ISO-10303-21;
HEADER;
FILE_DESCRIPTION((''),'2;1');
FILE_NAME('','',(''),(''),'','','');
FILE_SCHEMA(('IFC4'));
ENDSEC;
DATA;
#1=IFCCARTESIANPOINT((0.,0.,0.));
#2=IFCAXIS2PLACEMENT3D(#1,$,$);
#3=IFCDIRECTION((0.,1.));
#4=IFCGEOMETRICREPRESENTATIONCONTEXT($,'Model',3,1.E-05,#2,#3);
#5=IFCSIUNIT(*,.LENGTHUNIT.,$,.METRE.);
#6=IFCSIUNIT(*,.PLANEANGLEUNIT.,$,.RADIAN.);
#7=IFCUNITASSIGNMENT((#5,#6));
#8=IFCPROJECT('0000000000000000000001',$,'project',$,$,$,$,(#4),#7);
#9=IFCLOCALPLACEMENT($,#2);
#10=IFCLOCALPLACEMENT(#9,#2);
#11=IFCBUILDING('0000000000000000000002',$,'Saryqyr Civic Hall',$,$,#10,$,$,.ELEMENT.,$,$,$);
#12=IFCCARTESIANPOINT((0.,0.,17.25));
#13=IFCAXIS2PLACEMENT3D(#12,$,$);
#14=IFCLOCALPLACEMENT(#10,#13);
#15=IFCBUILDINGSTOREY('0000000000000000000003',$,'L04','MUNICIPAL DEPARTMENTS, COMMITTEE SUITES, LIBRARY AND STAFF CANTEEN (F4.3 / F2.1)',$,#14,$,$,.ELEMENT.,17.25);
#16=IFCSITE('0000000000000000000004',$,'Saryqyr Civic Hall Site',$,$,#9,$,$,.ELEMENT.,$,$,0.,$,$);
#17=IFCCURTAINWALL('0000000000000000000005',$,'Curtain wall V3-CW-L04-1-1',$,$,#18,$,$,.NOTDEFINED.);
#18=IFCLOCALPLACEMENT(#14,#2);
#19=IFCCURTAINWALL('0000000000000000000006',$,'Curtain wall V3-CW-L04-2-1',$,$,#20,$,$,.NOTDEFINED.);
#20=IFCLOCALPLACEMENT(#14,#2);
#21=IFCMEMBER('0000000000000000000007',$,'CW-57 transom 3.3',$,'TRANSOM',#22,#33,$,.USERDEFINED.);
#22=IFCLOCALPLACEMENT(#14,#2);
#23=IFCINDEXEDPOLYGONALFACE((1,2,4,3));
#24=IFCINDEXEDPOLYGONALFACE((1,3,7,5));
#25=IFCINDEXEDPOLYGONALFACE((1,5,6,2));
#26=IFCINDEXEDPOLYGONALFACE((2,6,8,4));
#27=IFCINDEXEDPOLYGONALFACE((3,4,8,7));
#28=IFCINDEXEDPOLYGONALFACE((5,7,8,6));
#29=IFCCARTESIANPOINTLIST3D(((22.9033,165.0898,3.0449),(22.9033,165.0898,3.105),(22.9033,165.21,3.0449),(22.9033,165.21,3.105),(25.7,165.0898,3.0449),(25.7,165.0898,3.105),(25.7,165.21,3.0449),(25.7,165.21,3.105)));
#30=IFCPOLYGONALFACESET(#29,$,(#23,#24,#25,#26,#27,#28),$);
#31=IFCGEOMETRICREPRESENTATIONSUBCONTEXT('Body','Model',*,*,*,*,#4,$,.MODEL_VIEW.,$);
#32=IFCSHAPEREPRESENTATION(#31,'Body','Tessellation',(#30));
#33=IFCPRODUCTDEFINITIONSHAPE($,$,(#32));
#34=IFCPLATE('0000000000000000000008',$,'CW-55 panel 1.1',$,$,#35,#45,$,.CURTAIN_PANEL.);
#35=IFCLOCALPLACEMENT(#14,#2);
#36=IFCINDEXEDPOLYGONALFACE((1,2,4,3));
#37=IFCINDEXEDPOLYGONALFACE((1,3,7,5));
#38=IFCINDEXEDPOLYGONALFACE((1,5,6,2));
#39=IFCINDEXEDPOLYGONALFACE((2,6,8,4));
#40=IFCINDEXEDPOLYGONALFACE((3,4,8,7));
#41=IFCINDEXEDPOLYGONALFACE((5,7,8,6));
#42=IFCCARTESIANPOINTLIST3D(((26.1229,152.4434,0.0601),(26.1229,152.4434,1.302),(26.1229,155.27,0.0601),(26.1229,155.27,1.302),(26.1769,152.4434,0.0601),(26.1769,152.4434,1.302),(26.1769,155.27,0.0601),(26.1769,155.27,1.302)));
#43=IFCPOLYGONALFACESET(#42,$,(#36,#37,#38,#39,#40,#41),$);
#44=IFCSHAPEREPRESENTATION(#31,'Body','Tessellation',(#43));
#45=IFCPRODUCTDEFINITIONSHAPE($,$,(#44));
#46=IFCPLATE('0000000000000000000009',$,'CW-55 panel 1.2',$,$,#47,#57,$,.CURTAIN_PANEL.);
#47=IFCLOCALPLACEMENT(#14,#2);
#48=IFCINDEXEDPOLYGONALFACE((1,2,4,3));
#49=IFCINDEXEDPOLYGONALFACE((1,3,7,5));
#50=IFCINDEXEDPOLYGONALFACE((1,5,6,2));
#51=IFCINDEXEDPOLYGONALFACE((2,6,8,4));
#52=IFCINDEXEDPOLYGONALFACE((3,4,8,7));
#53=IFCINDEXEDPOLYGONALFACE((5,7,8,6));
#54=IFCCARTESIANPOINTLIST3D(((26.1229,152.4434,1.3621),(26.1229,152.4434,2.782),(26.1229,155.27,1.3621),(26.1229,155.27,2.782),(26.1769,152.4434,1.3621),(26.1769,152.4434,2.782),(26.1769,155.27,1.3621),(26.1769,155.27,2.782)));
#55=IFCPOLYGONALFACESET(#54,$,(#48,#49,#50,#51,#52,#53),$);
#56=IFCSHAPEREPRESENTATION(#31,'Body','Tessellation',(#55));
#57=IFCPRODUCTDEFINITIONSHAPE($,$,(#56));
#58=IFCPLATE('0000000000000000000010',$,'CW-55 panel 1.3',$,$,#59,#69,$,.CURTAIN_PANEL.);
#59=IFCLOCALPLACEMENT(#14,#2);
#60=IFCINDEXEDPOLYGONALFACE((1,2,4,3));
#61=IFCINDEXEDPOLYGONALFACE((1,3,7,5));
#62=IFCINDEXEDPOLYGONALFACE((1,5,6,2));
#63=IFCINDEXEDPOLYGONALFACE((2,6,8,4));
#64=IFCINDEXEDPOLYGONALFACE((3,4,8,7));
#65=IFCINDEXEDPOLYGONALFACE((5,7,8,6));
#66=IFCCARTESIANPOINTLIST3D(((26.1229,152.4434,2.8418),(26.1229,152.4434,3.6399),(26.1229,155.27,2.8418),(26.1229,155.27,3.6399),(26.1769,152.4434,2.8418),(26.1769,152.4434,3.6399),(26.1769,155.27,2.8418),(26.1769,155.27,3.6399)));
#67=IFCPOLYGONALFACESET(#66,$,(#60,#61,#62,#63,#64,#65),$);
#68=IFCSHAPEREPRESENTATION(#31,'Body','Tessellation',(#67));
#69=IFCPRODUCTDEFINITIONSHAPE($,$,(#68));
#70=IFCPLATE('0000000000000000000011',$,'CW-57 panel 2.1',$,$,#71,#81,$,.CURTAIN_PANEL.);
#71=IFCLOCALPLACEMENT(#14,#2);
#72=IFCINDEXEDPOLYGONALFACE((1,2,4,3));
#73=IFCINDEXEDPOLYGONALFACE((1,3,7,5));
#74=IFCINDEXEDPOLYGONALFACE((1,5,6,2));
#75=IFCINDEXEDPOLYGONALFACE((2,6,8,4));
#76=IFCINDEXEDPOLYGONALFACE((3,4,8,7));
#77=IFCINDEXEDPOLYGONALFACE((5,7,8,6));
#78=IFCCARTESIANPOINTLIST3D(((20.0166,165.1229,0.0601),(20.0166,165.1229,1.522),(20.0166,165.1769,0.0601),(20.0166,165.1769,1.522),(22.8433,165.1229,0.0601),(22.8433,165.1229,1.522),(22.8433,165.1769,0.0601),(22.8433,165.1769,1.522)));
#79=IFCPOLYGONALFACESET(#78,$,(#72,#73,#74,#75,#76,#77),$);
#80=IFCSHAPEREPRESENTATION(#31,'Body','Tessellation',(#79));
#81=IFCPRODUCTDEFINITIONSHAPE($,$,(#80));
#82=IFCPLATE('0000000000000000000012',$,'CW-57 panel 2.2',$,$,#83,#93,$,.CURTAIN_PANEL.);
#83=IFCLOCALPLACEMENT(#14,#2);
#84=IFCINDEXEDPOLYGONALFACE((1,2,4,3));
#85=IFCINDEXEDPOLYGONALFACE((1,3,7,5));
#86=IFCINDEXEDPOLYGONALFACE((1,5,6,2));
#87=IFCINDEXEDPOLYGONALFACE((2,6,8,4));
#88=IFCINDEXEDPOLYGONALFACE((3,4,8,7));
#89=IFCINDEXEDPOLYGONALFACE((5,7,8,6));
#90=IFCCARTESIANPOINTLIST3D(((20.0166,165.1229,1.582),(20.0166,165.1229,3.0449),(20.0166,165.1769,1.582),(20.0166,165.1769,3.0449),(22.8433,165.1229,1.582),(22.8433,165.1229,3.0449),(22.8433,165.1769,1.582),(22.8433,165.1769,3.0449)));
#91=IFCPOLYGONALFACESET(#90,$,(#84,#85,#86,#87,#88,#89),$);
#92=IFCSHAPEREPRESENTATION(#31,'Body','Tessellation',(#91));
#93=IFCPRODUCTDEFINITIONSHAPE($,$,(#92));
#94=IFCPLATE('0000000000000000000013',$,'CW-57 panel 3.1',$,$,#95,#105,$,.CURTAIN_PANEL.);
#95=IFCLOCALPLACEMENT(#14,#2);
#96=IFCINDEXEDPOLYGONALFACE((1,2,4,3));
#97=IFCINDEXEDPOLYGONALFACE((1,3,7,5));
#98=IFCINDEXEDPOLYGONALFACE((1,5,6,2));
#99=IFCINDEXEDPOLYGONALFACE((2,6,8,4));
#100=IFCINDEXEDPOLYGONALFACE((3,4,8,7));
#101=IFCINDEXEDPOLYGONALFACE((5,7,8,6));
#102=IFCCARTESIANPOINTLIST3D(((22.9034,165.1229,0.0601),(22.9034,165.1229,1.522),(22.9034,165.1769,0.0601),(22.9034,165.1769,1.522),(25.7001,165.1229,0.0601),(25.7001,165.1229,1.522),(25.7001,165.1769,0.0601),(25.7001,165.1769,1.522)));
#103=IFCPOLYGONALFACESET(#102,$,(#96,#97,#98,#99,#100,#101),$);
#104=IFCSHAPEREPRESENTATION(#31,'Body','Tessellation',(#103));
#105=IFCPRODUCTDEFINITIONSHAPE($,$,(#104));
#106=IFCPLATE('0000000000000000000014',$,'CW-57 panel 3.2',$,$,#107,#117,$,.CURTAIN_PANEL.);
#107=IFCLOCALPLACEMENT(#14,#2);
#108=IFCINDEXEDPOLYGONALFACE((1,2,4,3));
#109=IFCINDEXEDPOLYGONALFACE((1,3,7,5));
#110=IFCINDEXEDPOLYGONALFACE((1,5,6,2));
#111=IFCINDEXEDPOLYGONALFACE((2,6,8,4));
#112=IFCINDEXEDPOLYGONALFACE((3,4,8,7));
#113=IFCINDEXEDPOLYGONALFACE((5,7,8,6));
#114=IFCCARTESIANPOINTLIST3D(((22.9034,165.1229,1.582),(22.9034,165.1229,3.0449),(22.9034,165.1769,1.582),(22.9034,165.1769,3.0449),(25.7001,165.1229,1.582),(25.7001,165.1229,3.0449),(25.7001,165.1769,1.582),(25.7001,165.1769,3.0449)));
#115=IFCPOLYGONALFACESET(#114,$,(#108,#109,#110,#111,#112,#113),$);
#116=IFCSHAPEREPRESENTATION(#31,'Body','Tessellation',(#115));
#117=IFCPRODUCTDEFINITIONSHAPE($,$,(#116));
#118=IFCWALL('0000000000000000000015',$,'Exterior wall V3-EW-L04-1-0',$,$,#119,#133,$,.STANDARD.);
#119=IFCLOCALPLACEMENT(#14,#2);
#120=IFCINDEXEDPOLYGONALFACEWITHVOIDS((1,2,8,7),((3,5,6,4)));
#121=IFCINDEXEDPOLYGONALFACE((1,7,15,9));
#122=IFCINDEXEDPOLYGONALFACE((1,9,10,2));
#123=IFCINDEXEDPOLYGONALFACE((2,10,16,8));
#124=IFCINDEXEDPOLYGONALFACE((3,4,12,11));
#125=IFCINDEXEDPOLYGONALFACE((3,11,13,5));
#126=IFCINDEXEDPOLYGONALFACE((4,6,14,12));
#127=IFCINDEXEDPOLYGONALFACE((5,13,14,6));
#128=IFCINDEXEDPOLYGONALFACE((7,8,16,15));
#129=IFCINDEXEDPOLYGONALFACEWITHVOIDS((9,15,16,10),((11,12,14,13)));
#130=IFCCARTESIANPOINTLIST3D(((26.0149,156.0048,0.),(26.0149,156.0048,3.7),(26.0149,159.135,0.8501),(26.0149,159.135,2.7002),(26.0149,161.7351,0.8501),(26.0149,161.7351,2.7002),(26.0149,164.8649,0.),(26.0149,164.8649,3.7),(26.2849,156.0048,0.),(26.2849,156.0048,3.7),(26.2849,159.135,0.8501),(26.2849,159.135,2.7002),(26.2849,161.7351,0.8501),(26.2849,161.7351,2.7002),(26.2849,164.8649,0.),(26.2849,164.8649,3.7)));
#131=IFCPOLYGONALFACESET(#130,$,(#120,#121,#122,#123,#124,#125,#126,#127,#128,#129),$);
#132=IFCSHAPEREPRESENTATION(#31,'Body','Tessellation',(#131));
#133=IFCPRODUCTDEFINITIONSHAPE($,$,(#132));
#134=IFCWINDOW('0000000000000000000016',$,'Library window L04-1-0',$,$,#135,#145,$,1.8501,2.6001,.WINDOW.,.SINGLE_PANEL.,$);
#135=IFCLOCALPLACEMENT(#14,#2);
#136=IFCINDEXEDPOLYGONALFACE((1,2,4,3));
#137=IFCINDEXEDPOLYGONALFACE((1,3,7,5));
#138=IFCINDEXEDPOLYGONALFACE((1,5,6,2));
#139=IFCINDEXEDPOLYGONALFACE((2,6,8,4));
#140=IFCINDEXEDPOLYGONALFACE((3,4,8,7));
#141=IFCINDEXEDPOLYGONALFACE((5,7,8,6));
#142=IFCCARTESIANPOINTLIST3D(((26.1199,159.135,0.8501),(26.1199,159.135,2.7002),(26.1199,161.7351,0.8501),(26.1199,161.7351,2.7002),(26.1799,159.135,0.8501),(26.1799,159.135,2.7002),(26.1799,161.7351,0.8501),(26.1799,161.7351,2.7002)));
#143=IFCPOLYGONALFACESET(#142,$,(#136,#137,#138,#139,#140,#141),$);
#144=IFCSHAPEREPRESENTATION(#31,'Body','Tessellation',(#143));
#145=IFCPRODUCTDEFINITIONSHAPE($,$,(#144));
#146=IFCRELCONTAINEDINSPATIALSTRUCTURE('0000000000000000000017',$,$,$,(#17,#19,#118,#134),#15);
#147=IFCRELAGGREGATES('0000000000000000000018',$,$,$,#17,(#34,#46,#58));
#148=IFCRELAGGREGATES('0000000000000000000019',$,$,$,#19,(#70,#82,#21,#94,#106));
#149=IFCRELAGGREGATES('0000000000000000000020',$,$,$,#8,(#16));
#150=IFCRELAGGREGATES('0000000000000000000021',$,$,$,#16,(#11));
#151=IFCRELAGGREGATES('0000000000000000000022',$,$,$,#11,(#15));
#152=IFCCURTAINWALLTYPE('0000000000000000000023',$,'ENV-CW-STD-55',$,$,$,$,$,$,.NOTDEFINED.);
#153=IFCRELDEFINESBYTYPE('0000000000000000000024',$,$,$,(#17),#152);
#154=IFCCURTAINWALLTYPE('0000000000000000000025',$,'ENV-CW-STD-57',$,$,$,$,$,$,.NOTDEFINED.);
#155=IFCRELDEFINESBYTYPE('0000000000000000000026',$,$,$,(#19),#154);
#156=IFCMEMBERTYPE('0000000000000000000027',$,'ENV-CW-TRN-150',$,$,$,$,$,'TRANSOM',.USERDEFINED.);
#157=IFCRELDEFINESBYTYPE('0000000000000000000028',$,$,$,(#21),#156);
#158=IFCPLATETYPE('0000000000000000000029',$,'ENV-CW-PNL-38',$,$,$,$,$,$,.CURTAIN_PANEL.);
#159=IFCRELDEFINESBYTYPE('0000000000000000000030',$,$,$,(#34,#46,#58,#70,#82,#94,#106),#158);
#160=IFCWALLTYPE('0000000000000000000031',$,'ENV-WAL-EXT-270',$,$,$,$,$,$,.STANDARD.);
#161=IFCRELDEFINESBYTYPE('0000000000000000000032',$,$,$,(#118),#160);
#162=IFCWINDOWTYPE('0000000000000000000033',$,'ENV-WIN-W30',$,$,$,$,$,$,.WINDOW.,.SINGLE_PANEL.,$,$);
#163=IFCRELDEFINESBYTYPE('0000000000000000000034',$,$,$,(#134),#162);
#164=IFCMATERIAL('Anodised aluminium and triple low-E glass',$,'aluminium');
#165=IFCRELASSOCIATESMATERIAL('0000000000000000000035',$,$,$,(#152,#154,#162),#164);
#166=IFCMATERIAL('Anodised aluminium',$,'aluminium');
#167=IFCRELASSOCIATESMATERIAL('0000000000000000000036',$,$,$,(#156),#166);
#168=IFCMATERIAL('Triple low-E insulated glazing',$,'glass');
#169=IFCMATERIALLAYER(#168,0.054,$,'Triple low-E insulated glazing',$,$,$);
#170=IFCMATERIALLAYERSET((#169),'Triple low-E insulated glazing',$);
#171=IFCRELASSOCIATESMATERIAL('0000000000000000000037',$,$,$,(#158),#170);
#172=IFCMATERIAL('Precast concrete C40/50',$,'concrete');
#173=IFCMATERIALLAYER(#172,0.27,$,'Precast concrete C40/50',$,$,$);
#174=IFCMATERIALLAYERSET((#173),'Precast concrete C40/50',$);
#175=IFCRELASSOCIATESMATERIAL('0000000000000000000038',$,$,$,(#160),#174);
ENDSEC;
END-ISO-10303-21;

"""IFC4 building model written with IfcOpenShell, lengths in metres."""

from ifc_helpers import new_model, si_unit, direction, frame, frame_2d, origin, origin_2d, place, context, subcontext, project, spatial, rectangle, extrude, material, layer, layer_set, material_profile, profile_set, type_object, element, fill, aggregate, save


model = new_model("IFC4")

# Units and contexts
model_context = context("Model", 3, precision=1e-05, world=origin(), true_north=direction((0.0, 1.0)))
body_context = subcontext(model_context, "Body", "Model", "MODEL_VIEW")
ifc_project = project(units=[si_unit("LENGTHUNIT", "METRE"), si_unit("PLANEANGLEUNIT", "RADIAN")], contexts=[model_context])

# Site, building, storey
site_placement = place(None, origin())
site = spatial("IfcSite", under=ifc_project, at=site_placement, Name="Saryqyr Civic Hall Site", CompositionType="ELEMENT", RefElevation=0.0)
building_placement = place(site_placement, origin())
building = spatial("IfcBuilding", under=site, at=building_placement, Name="Saryqyr Civic Hall", CompositionType="ELEMENT")
storey_placement = place(building_placement, frame((0.0, 0.0, 17.25)))
storey = spatial("IfcBuildingStorey", under=building, at=storey_placement, Name="L04", Description="MUNICIPAL DEPARTMENTS, COMMITTEE SUITES, LIBRARY AND STAFF CANTEEN (F4.3 / F2.1)", CompositionType="ELEMENT", Elevation=17.25)

# Curtain walls
ifc_material_1 = material(Name="Anodised aluminium and triple low-E glass", Category="aluminium")
curtain_wall_type_1 = type_object("IfcCurtainWallType", Name="ENV-CW-STD-55", PredefinedType="NOTDEFINED", material=ifc_material_1)
curtain_wall_1_placement = place(storey_placement, origin())
curtain_wall_1 = element("IfcCurtainWall", 1, at=curtain_wall_1_placement, inside=storey, type_object=curtain_wall_type_1, Name="Curtain wall V3-CW-L04-1-1", PredefinedType="NOTDEFINED")
ifc_material_2 = material(Name="Anodised aluminium", Category="aluminium")
curtain_wall_type_2 = type_object("IfcCurtainWallType", Name="ENV-CW-STD-57", PredefinedType="NOTDEFINED", material=ifc_material_1)
curtain_wall_2_placement = place(storey_placement, origin())
curtain_wall_2 = element("IfcCurtainWall", 2, at=curtain_wall_2_placement, inside=storey, type_object=curtain_wall_type_2, Name="Curtain wall V3-CW-L04-2-1", PredefinedType="NOTDEFINED")

# Member
ifc_material_profile_1 = material_profile(ifc_material_2, rectangle(XDim=0.1201, YDim=0.0601, at=origin_2d()), Name="ALU TRANSOM 120x60")
ifc_profile_set_1 = profile_set([ifc_material_profile_1], Name="Anodised aluminium")
member_type_1 = type_object("IfcMemberType", Name="ENV-CW-TRN-150", ElementType="TRANSOM", PredefinedType="USERDEFINED", material=ifc_profile_set_1)
member_1_placement = place(storey_placement, frame((22.9033, 165.1499, 3.075), z_axis=(1.0, 0.0, 0.0), x_axis=(0.0, 1.0, 0.0)))
member_1 = element("IfcMember", 3, at=member_1_placement, type_object=member_type_1, Name="CW-57 transom 3.3", ObjectType="TRANSOM", PredefinedType="USERDEFINED", context=body_context, shape_type="SweptSolid", body=[
    extrude(rectangle(XDim=0.1201, YDim=0.0601, at=origin_2d()), origin(), (0.0, 0.0, 1.0), 2.7966),
])

# Plates
ifc_material_3 = material(Name="Triple low-E insulated glazing", Category="glass")
ifc_layer_1 = layer(ifc_material_3, 0.054, Name="Triple low-E insulated glazing")
ifc_layer_set_1 = layer_set([ifc_layer_1], Name="Triple low-E insulated glazing")
plate_type = type_object("IfcPlateType", Name="ENV-CW-PNL-38", PredefinedType="CURTAIN_PANEL", material=ifc_layer_set_1)
plate_1_placement = place(storey_placement, frame((26.1499, 153.8567, 0.0601), z_axis=(0.0, 0.0, 1.0), x_axis=(0.0, -1.0, 0.0)))
plate_1 = element("IfcPlate", 4, at=plate_1_placement, type_object=plate_type, Name="CW-55 panel 1.1", PredefinedType="CURTAIN_PANEL", context=body_context, shape_type="SweptSolid", body=[
    extrude(rectangle(XDim=2.8267, YDim=0.054, at=origin_2d()), origin(), (0.0, 0.0, 1.0), 1.2419),
])
plate_2_placement = place(storey_placement, frame((26.1499, 153.8567, 1.3621), z_axis=(0.0, 0.0, 1.0), x_axis=(0.0, -1.0, 0.0)))
plate_2 = element("IfcPlate", 5, at=plate_2_placement, type_object=plate_type, Name="CW-55 panel 1.2", PredefinedType="CURTAIN_PANEL", context=body_context, shape_type="SweptSolid", body=[
    extrude(rectangle(XDim=2.8267, YDim=0.054, at=origin_2d()), origin(), (0.0, 0.0, 1.0), 1.4199),
])
plate_3_placement = place(storey_placement, frame((26.1499, 153.8567, 2.8418), z_axis=(0.0, 0.0, 1.0), x_axis=(0.0, -1.0, 0.0)))
plate_3 = element("IfcPlate", 6, at=plate_3_placement, type_object=plate_type, Name="CW-55 panel 1.3", PredefinedType="CURTAIN_PANEL", context=body_context, shape_type="SweptSolid", body=[
    extrude(rectangle(XDim=2.8267, YDim=0.054, at=origin_2d()), origin(), (0.0, 0.0, 1.0), 0.7981),
])
aggregate(curtain_wall_1, [plate_1, plate_2, plate_3])
plate_4_placement = place(storey_placement, frame((21.4299, 165.1499, 0.0601), z_axis=(0.0, 0.0, 1.0), x_axis=(1.0, 0.0, 0.0)))
plate_4 = element("IfcPlate", 7, at=plate_4_placement, type_object=plate_type, Name="CW-57 panel 2.1", PredefinedType="CURTAIN_PANEL", context=body_context, shape_type="SweptSolid", body=[
    extrude(rectangle(XDim=2.8267, YDim=0.054, at=origin_2d()), origin(), (0.0, 0.0, 1.0), 1.4619),
])
plate_5_placement = place(storey_placement, frame((21.4299, 165.1499, 1.582), z_axis=(0.0, 0.0, 1.0), x_axis=(1.0, 0.0, 0.0)))
plate_5 = element("IfcPlate", 8, at=plate_5_placement, type_object=plate_type, Name="CW-57 panel 2.2", PredefinedType="CURTAIN_PANEL", context=body_context, shape_type="SweptSolid", body=[
    extrude(rectangle(XDim=2.8267, YDim=0.054, at=origin_2d()), origin(), (0.0, 0.0, 1.0), 1.4629),
])
plate_6_placement = place(storey_placement, frame((24.3018, 165.1499, 0.0601), z_axis=(0.0, 0.0, 1.0), x_axis=(1.0, 0.0, 0.0)))
plate_6 = element("IfcPlate", 9, at=plate_6_placement, type_object=plate_type, Name="CW-57 panel 3.1", PredefinedType="CURTAIN_PANEL", context=body_context, shape_type="SweptSolid", body=[
    extrude(rectangle(XDim=2.7966, YDim=0.054, at=origin_2d()), origin(), (0.0, 0.0, 1.0), 1.4619),
])
plate_7_placement = place(storey_placement, frame((24.3018, 165.1499, 1.582), z_axis=(0.0, 0.0, 1.0), x_axis=(1.0, 0.0, 0.0)))
plate_7 = element("IfcPlate", 10, at=plate_7_placement, type_object=plate_type, Name="CW-57 panel 3.2", PredefinedType="CURTAIN_PANEL", context=body_context, shape_type="SweptSolid", body=[
    extrude(rectangle(XDim=2.7966, YDim=0.054, at=origin_2d()), origin(), (0.0, 0.0, 1.0), 1.4629),
])
aggregate(curtain_wall_2, [plate_4, plate_5, member_1, plate_6, plate_7])

# Wall, opening, window
ifc_material_4 = material(Name="Precast concrete C40/50", Category="concrete")
ifc_layer_2 = layer(ifc_material_4, 0.27, Name="Precast concrete C40/50")
ifc_layer_set_2 = layer_set([ifc_layer_2], Name="Precast concrete C40/50")
wall_type = type_object("IfcWallType", Name="ENV-WAL-EXT-270", PredefinedType="STANDARD", material=ifc_layer_set_2)
wall_placement = place(storey_placement, frame((26.1499, 164.865, 0.0), z_axis=(0.0, 0.0, 1.0), x_axis=(0.0, -1.0, 0.0)))
wall = element("IfcWall", 11, at=wall_placement, inside=storey, type_object=wall_type, Name="Exterior wall V3-EW-L04-1-0", PredefinedType="STANDARD", context=body_context, shape_type="SweptSolid", body=[
    extrude(rectangle(XDim=8.8601, YDim=0.27, at=frame_2d((4.4302, 0.0))), origin(), (0.0, 0.0, 1.0), 3.7),
])
opening_placement = place(wall_placement, frame((3.1299, 0.0, 0.8501)))
opening = element("IfcOpeningElement", 12, at=opening_placement, cuts=wall, PredefinedType="OPENING", context=body_context, shape_type="SweptSolid", body=[
    extrude(rectangle(XDim=2.6001, YDim=1.8501, at=frame_2d((1.3, 0.925))), frame((0.0, 0.145, 0.0), z_axis=(0.0, -1.0, 0.0), x_axis=(1.0, 0.0, 0.0)), (0.0, 0.0, 1.0), 0.29),
])
window_type = type_object("IfcWindowType", Name="ENV-WIN-W30", PartitioningType="SINGLE_PANEL", PredefinedType="WINDOW", material=ifc_material_1)
window_placement = place(opening_placement, origin())
window = element("IfcWindow", 13, at=window_placement, inside=storey, type_object=window_type, Name="Library window L04-1-0", OverallHeight=1.8501, OverallWidth=2.6001, PartitioningType="SINGLE_PANEL", PredefinedType="WINDOW", context=body_context, shape_type="SweptSolid", body=[
    extrude(rectangle(XDim=2.6001, YDim=1.8501, at=frame_2d((1.3, 0.925))), frame((0.0, 0.03, 0.0), z_axis=(0.0, -1.0, 0.0), x_axis=(1.0, 0.0, 0.0)), (0.0, 0.0, 1.0), 0.0601),
])
fill(opening, window)

save(model, "model.ifc")
